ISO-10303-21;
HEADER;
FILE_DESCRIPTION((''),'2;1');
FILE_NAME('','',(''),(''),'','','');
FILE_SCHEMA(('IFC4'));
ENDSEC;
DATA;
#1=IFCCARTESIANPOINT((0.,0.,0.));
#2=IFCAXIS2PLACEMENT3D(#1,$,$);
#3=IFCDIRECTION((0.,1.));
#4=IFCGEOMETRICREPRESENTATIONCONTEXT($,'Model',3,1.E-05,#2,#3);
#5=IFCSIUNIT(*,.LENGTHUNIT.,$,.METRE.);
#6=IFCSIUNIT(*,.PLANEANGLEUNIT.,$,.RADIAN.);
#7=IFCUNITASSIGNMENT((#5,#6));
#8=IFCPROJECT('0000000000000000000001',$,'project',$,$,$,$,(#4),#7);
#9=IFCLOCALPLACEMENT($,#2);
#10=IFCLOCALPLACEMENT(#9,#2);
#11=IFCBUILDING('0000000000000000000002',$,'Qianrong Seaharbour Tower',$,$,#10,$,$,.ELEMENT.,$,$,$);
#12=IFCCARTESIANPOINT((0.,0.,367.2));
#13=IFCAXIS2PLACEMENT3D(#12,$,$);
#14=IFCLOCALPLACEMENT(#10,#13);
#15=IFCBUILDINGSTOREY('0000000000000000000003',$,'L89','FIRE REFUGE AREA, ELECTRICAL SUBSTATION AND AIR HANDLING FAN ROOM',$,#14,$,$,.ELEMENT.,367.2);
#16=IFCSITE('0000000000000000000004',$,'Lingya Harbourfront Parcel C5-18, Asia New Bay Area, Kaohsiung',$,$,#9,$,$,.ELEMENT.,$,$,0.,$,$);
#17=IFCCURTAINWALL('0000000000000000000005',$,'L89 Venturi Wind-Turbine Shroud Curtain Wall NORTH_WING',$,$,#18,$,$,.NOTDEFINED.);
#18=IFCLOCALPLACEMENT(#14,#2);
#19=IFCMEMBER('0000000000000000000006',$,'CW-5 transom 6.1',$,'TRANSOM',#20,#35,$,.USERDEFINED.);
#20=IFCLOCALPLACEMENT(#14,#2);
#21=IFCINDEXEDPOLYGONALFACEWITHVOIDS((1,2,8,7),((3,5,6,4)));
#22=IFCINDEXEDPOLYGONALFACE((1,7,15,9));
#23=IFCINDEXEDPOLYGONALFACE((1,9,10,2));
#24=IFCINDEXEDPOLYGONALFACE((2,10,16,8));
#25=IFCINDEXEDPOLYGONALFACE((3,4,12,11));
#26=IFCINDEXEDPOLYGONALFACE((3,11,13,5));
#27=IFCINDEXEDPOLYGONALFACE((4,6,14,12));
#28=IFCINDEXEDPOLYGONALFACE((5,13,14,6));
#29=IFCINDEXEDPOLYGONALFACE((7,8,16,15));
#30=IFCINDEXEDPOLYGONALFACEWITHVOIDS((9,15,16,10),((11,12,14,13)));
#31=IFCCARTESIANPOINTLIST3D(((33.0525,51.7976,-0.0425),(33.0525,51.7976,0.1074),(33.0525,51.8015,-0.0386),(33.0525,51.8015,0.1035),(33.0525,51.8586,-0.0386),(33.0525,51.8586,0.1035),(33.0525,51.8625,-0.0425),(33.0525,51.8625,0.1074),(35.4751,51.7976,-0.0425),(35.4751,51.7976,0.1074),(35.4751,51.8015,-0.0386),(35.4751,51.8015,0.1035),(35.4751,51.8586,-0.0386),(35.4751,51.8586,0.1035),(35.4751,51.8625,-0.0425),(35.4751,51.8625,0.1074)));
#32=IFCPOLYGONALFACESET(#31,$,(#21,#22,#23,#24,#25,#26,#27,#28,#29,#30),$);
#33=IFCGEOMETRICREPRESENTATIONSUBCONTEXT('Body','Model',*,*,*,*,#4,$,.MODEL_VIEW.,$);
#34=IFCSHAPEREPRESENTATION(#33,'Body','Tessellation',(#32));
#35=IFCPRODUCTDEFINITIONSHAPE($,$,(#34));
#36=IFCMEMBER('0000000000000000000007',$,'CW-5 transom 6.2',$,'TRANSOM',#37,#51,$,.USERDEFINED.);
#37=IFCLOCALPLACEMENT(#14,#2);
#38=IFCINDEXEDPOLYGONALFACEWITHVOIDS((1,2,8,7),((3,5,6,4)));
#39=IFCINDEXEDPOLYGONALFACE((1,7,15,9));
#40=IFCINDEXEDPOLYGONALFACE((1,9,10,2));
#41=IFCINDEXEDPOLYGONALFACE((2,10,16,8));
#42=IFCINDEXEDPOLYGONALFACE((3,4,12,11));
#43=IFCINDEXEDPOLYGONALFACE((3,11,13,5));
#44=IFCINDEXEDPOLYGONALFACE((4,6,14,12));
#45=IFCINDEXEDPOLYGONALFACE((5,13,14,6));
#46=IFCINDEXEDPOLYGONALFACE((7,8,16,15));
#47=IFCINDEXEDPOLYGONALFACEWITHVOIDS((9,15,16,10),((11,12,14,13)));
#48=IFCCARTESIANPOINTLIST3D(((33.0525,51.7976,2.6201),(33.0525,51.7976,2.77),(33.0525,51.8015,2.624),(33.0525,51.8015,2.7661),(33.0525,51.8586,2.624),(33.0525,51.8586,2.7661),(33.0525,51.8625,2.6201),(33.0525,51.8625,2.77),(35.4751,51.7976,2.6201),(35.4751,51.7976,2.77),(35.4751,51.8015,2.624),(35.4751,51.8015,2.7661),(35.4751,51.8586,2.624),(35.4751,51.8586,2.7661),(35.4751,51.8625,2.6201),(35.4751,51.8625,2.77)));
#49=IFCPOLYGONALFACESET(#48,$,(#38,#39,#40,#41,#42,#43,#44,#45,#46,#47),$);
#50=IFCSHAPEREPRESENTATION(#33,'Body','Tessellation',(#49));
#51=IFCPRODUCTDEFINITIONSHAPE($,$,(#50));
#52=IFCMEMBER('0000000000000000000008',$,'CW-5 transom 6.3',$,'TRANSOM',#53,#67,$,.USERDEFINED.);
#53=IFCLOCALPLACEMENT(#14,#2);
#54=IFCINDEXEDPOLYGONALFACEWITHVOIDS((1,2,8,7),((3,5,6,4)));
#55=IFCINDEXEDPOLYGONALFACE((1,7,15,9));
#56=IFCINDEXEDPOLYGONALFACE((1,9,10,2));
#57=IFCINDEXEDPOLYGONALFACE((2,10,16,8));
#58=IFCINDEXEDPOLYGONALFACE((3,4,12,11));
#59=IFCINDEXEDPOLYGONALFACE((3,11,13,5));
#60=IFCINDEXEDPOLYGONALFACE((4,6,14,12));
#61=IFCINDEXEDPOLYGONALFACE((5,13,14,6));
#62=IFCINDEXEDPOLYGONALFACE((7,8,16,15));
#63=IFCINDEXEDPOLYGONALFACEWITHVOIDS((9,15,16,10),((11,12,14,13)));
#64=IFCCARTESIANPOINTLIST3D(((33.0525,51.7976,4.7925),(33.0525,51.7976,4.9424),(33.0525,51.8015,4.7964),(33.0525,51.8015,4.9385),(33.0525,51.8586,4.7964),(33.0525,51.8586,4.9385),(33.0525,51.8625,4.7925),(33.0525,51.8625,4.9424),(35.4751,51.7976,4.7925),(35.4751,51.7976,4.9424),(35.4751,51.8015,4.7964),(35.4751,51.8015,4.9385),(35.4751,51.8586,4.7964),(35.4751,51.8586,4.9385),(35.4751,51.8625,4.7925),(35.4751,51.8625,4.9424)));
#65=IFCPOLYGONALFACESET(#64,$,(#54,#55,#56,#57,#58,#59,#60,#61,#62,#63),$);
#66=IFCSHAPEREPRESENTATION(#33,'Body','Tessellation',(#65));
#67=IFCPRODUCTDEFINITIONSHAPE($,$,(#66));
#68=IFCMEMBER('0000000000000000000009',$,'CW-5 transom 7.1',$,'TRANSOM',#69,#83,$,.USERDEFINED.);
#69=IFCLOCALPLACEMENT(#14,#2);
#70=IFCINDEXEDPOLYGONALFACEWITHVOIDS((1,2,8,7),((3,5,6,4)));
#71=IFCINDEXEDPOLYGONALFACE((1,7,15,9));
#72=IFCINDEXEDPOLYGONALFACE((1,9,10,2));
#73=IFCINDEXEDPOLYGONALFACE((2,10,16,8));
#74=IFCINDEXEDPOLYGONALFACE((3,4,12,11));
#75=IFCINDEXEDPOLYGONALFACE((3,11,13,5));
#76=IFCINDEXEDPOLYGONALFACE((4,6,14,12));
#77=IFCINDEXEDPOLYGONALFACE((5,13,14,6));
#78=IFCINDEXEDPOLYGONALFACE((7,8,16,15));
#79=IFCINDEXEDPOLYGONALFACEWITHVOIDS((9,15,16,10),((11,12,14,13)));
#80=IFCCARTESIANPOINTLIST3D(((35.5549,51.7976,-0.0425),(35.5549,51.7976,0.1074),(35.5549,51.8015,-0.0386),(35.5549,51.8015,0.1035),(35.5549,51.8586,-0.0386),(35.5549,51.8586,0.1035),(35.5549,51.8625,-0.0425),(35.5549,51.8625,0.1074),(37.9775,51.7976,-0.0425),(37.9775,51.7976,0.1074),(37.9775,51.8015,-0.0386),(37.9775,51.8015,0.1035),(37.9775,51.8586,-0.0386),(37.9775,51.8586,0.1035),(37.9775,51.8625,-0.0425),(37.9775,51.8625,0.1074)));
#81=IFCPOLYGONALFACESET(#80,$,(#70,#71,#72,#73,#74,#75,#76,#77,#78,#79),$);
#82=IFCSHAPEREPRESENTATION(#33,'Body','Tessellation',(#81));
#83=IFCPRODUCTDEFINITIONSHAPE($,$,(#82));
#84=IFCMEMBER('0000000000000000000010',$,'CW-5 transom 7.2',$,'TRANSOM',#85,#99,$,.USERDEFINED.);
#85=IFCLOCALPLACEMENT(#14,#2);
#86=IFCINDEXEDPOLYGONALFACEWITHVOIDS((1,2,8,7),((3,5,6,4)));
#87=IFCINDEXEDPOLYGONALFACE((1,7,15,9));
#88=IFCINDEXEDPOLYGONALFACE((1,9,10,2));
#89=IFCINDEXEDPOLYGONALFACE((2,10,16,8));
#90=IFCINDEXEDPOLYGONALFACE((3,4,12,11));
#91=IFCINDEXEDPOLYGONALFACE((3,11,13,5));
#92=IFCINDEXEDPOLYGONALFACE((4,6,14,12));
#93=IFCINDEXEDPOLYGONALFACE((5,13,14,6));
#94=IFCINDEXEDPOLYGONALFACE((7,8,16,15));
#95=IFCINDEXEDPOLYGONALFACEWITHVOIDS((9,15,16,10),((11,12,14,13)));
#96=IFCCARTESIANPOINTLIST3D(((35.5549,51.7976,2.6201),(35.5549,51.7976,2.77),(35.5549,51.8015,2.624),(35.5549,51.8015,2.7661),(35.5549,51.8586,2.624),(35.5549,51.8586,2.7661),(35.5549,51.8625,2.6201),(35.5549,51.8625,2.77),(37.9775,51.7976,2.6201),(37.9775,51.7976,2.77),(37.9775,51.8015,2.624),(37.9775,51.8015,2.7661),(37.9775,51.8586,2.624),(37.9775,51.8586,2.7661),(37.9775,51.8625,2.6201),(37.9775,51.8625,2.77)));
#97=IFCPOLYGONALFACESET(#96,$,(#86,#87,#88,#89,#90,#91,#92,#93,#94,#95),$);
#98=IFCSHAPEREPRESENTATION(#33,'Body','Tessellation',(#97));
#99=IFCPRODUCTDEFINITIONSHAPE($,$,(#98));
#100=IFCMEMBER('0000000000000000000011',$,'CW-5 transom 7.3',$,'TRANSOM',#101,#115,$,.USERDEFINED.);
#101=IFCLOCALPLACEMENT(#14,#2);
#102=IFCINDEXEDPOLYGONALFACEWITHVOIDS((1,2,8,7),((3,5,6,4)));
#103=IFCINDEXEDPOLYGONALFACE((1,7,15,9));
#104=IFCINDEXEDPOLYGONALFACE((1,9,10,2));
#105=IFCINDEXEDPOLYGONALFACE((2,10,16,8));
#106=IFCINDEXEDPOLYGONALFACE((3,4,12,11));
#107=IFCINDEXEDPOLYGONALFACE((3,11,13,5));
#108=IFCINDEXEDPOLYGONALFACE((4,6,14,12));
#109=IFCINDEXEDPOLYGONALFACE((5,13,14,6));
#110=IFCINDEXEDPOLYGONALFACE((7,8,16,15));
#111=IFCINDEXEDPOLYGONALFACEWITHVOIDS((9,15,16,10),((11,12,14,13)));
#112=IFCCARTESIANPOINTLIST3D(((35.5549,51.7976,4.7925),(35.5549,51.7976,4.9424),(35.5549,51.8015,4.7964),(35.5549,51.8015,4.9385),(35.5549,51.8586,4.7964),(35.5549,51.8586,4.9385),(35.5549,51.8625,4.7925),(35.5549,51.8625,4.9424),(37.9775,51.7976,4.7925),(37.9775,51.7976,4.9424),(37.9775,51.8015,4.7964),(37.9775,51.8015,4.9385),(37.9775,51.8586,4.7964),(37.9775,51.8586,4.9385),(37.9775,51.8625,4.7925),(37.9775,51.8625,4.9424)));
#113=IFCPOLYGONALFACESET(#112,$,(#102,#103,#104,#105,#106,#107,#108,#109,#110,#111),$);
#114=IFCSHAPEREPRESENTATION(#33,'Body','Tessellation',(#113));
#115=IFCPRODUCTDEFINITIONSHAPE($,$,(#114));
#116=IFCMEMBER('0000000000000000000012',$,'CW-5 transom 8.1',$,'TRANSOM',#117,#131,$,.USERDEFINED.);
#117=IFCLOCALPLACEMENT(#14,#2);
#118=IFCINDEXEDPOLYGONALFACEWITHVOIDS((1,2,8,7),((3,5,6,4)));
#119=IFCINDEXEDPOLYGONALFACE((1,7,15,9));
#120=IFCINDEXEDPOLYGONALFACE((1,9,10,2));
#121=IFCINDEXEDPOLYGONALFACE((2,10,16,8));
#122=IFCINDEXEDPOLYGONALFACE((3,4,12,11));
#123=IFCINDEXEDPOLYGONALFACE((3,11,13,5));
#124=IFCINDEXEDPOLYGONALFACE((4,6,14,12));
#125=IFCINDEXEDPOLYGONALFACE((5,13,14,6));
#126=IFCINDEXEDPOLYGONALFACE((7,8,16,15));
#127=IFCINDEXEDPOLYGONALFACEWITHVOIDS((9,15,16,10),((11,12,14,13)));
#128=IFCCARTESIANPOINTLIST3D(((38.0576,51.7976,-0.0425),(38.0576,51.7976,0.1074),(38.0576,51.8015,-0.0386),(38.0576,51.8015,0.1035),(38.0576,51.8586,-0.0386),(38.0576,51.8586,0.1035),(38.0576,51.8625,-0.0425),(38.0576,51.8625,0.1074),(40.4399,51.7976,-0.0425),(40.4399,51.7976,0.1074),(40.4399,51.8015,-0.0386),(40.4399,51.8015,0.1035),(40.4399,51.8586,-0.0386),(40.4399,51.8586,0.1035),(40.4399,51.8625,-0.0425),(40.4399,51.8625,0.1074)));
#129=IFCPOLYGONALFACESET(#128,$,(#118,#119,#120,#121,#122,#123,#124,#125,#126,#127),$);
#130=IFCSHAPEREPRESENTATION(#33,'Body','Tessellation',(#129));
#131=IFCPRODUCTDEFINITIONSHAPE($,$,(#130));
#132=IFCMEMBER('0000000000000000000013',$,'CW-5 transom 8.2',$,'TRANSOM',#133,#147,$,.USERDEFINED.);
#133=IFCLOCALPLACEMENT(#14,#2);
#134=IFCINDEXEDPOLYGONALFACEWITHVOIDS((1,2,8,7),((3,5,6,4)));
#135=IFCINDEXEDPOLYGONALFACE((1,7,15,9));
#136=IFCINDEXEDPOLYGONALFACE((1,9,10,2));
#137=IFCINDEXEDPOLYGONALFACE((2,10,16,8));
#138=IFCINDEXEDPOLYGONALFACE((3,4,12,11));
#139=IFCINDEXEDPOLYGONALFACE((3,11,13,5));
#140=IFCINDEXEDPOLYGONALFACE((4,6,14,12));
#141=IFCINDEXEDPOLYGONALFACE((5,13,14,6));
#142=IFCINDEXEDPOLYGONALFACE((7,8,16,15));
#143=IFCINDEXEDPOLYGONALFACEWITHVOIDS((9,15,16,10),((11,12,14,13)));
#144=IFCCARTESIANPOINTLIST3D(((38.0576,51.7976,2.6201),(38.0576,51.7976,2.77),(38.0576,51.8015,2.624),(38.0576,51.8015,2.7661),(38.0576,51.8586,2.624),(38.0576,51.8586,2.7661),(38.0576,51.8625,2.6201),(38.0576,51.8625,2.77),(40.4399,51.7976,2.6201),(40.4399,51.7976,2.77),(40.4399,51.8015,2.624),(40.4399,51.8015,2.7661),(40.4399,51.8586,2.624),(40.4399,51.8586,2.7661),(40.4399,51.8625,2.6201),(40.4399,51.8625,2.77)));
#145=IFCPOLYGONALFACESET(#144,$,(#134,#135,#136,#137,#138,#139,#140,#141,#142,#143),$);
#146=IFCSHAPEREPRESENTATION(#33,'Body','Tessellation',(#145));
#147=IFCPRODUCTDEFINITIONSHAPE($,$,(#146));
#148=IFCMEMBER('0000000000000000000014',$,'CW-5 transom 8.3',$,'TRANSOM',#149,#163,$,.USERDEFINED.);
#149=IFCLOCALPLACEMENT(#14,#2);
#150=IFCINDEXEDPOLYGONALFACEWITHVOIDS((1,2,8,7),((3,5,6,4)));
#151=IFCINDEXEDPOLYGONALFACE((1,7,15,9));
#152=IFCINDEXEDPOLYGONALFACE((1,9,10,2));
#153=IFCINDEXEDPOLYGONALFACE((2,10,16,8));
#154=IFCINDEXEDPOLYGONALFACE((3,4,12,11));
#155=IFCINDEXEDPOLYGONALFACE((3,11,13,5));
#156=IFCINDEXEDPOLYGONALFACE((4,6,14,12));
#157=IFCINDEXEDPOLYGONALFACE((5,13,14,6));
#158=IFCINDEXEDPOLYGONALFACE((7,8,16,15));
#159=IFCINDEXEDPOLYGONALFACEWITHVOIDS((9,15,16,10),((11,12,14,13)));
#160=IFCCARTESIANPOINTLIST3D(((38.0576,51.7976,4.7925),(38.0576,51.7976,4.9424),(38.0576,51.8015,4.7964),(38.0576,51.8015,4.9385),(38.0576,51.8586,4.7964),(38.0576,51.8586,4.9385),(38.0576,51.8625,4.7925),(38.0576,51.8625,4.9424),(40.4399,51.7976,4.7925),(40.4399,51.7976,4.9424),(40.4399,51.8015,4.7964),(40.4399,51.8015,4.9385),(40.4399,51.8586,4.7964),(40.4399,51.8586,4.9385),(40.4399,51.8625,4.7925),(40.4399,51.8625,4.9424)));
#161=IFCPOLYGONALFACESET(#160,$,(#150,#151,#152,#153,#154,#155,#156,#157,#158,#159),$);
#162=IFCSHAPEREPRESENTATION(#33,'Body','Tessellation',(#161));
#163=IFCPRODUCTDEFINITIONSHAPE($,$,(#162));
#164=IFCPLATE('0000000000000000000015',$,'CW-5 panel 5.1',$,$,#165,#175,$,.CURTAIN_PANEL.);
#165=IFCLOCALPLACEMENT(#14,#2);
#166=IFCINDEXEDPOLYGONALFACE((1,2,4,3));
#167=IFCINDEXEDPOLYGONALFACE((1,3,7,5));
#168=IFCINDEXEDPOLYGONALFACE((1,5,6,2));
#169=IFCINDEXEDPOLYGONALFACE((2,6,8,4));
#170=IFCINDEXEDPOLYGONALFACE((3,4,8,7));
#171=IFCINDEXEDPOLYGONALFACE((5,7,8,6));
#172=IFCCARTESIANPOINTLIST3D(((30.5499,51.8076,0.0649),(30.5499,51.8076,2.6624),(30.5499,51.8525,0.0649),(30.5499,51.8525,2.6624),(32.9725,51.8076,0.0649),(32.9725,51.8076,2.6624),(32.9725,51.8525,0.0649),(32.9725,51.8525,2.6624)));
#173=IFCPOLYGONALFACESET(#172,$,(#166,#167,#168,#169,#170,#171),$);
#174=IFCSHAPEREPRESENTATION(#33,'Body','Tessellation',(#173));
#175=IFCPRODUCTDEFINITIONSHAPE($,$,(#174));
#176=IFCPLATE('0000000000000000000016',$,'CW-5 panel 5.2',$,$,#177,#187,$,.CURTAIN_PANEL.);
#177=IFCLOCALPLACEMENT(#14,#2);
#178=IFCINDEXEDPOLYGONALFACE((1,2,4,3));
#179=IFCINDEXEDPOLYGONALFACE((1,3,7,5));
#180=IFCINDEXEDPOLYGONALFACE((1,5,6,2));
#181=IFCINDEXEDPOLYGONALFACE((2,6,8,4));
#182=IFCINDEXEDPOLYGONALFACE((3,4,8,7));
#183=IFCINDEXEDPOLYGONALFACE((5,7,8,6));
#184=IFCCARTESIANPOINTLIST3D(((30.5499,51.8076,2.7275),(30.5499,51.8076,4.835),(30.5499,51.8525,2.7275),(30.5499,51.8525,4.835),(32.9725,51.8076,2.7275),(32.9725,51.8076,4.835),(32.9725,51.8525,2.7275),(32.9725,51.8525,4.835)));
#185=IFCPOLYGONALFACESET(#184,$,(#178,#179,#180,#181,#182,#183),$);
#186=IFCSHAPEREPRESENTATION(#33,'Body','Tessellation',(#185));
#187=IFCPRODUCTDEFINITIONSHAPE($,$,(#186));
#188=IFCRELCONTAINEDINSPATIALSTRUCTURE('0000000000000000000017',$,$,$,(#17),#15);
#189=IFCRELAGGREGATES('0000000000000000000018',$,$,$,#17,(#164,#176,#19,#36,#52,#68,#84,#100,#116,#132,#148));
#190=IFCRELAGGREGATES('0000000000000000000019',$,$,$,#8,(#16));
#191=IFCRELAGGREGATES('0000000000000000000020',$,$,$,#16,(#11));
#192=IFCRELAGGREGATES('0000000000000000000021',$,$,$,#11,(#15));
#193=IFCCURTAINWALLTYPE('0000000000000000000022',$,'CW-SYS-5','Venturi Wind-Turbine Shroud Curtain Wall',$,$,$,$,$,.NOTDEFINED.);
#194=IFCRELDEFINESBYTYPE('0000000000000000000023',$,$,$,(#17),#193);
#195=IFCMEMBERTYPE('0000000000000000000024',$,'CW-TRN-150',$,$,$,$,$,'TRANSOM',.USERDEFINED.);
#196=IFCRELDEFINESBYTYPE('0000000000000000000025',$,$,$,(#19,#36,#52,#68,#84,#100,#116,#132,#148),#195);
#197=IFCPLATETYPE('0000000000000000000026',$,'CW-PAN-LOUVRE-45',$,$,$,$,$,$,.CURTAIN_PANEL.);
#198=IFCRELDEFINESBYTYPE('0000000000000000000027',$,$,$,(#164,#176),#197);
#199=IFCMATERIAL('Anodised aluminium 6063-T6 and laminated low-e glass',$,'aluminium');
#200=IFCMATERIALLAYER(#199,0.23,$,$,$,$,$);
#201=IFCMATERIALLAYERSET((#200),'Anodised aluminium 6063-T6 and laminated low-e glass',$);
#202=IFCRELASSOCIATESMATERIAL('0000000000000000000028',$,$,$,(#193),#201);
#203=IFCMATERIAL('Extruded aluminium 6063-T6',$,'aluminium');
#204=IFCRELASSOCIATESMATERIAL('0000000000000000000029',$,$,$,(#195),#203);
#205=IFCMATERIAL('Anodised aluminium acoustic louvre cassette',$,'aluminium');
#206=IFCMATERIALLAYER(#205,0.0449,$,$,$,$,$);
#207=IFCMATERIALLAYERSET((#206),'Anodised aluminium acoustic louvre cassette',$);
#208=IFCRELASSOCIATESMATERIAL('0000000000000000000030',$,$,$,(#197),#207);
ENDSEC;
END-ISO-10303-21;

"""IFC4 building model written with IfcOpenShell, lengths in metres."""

from ifc_helpers import new_model, si_unit, direction, frame, origin, origin_2d, place, context, subcontext, project, spatial, rectangle, hollow_rectangle, extrude, material, layer, layer_set, material_profile, profile_set, type_object, element, aggregate, save


model = new_model("IFC4")

# Units and contexts
model_context = context("Model", 3, precision=1e-05, world=origin(), true_north=direction((0.0, 1.0)))
body_context = subcontext(model_context, "Body", "Model", "MODEL_VIEW")
ifc_project = project(units=[si_unit("LENGTHUNIT", "METRE"), si_unit("PLANEANGLEUNIT", "RADIAN")], contexts=[model_context])

# Site, building, storey
site_placement = place(None, origin())
site = spatial("IfcSite", under=ifc_project, at=site_placement, Name="Lingya Harbourfront Parcel C5-18, Asia New Bay Area, Kaohsiung", CompositionType="ELEMENT", RefElevation=0.0)
building_placement = place(site_placement, origin())
building = spatial("IfcBuilding", under=site, at=building_placement, Name="Qianrong Seaharbour Tower", CompositionType="ELEMENT")
storey_placement = place(building_placement, frame((0.0, 0.0, 367.2)))
storey = spatial("IfcBuildingStorey", under=building, at=storey_placement, Name="L89", Description="FIRE REFUGE AREA, ELECTRICAL SUBSTATION AND AIR HANDLING FAN ROOM", CompositionType="ELEMENT", Elevation=367.2)

# Curtain wall, members, plates
ifc_material_1 = material(Name="Anodised aluminium 6063-T6 and laminated low-e glass", Category="aluminium")
ifc_layer_1 = layer(ifc_material_1, 0.23)
ifc_layer_set_1 = layer_set([ifc_layer_1], Name="Anodised aluminium 6063-T6 and laminated low-e glass")
curtain_wall_type = type_object("IfcCurtainWallType", Name="CW-SYS-5", Description="Venturi Wind-Turbine Shroud Curtain Wall", PredefinedType="NOTDEFINED", material=ifc_layer_set_1)
curtain_wall_placement = place(storey_placement, origin())
curtain_wall = element("IfcCurtainWall", 1, at=curtain_wall_placement, inside=storey, type_object=curtain_wall_type, Name="L89 Venturi Wind-Turbine Shroud Curtain Wall NORTH_WING", PredefinedType="NOTDEFINED")
ifc_material_2 = material(Name="Extruded aluminium 6063-T6", Category="aluminium")
ifc_material_profile_1 = material_profile(ifc_material_2, hollow_rectangle(XDim=0.0649, YDim=0.1499, WallThickness=0.0039, at=origin_2d()), Name="ALU-TRN-150x65x4")
ifc_profile_set_1 = profile_set([ifc_material_profile_1], Name="Extruded aluminium 6063-T6")
member_type_1 = type_object("IfcMemberType", Name="CW-TRN-150", ElementType="TRANSOM", PredefinedType="USERDEFINED", material=ifc_profile_set_1)
member_1_placement = place(storey_placement, frame((33.0525, 51.8301, 0.0325), z_axis=(1.0, 0.0, 0.0), x_axis=(0.0, 1.0, 0.0)))
member_1 = element("IfcMember", 2, at=member_1_placement, type_object=member_type_1, Name="CW-5 transom 6.1", ObjectType="TRANSOM", PredefinedType="USERDEFINED", context=body_context, shape_type="SweptSolid", body=[
    extrude(hollow_rectangle(XDim=0.0649, YDim=0.1499, WallThickness=0.0039, at=origin_2d()), origin(), (0.0, 0.0, 1.0), 2.4226),
])
member_2_placement = place(storey_placement, frame((33.0525, 51.8301, 2.6951), z_axis=(1.0, 0.0, 0.0), x_axis=(0.0, 1.0, 0.0)))
member_2 = element("IfcMember", 3, at=member_2_placement, type_object=member_type_1, Name="CW-5 transom 6.2", ObjectType="TRANSOM", PredefinedType="USERDEFINED", context=body_context, shape_type="SweptSolid", body=[
    extrude(hollow_rectangle(XDim=0.0649, YDim=0.1499, WallThickness=0.0039, at=origin_2d()), origin(), (0.0, 0.0, 1.0), 2.4226),
])
member_3_placement = place(storey_placement, frame((33.0525, 51.8301, 4.8674), z_axis=(1.0, 0.0, 0.0), x_axis=(0.0, 1.0, 0.0)))
member_3 = element("IfcMember", 4, at=member_3_placement, type_object=member_type_1, Name="CW-5 transom 6.3", ObjectType="TRANSOM", PredefinedType="USERDEFINED", context=body_context, shape_type="SweptSolid", body=[
    extrude(hollow_rectangle(XDim=0.0649, YDim=0.1499, WallThickness=0.0039, at=origin_2d()), origin(), (0.0, 0.0, 1.0), 2.4226),
])
member_4_placement = place(storey_placement, frame((35.5549, 51.8301, 0.0325), z_axis=(1.0, 0.0, 0.0), x_axis=(0.0, 1.0, 0.0)))
member_4 = element("IfcMember", 5, at=member_4_placement, type_object=member_type_1, Name="CW-5 transom 7.1", ObjectType="TRANSOM", PredefinedType="USERDEFINED", context=body_context, shape_type="SweptSolid", body=[
    extrude(hollow_rectangle(XDim=0.0649, YDim=0.1499, WallThickness=0.0039, at=origin_2d()), origin(), (0.0, 0.0, 1.0), 2.4226),
])
member_5_placement = place(storey_placement, frame((35.5549, 51.8301, 2.6951), z_axis=(1.0, 0.0, 0.0), x_axis=(0.0, 1.0, 0.0)))
member_5 = element("IfcMember", 6, at=member_5_placement, type_object=member_type_1, Name="CW-5 transom 7.2", ObjectType="TRANSOM", PredefinedType="USERDEFINED", context=body_context, shape_type="SweptSolid", body=[
    extrude(hollow_rectangle(XDim=0.0649, YDim=0.1499, WallThickness=0.0039, at=origin_2d()), origin(), (0.0, 0.0, 1.0), 2.4226),
])
member_6_placement = place(storey_placement, frame((35.5549, 51.8301, 4.8674), z_axis=(1.0, 0.0, 0.0), x_axis=(0.0, 1.0, 0.0)))
member_6 = element("IfcMember", 7, at=member_6_placement, type_object=member_type_1, Name="CW-5 transom 7.3", ObjectType="TRANSOM", PredefinedType="USERDEFINED", context=body_context, shape_type="SweptSolid", body=[
    extrude(hollow_rectangle(XDim=0.0649, YDim=0.1499, WallThickness=0.0039, at=origin_2d()), origin(), (0.0, 0.0, 1.0), 2.4226),
])
member_7_placement = place(storey_placement, frame((38.0576, 51.8301, 0.0325), z_axis=(1.0, 0.0, 0.0), x_axis=(0.0, 1.0, 0.0)))
member_7 = element("IfcMember", 8, at=member_7_placement, type_object=member_type_1, Name="CW-5 transom 8.1", ObjectType="TRANSOM", PredefinedType="USERDEFINED", context=body_context, shape_type="SweptSolid", body=[
    extrude(hollow_rectangle(XDim=0.0649, YDim=0.1499, WallThickness=0.0039, at=origin_2d()), origin(), (0.0, 0.0, 1.0), 2.3823),
])
member_8_placement = place(storey_placement, frame((38.0576, 51.8301, 2.6951), z_axis=(1.0, 0.0, 0.0), x_axis=(0.0, 1.0, 0.0)))
member_8 = element("IfcMember", 9, at=member_8_placement, type_object=member_type_1, Name="CW-5 transom 8.2", ObjectType="TRANSOM", PredefinedType="USERDEFINED", context=body_context, shape_type="SweptSolid", body=[
    extrude(hollow_rectangle(XDim=0.0649, YDim=0.1499, WallThickness=0.0039, at=origin_2d()), origin(), (0.0, 0.0, 1.0), 2.3823),
])
member_9_placement = place(storey_placement, frame((38.0576, 51.8301, 4.8674), z_axis=(1.0, 0.0, 0.0), x_axis=(0.0, 1.0, 0.0)))
member_9 = element("IfcMember", 10, at=member_9_placement, type_object=member_type_1, Name="CW-5 transom 8.3", ObjectType="TRANSOM", PredefinedType="USERDEFINED", context=body_context, shape_type="SweptSolid", body=[
    extrude(hollow_rectangle(XDim=0.0649, YDim=0.1499, WallThickness=0.0039, at=origin_2d()), origin(), (0.0, 0.0, 1.0), 2.3823),
])
ifc_material_3 = material(Name="Anodised aluminium acoustic louvre cassette", Category="aluminium")
ifc_layer_2 = layer(ifc_material_3, 0.0449)
ifc_layer_set_2 = layer_set([ifc_layer_2], Name="Anodised aluminium acoustic louvre cassette")
plate_type = type_object("IfcPlateType", Name="CW-PAN-LOUVRE-45", PredefinedType="CURTAIN_PANEL", material=ifc_layer_set_2)
plate_1_placement = place(storey_placement, frame((31.7612, 51.8301, 0.0649), z_axis=(0.0, 0.0, 1.0), x_axis=(1.0, 0.0, 0.0)))
plate_1 = element("IfcPlate", 11, at=plate_1_placement, type_object=plate_type, Name="CW-5 panel 5.1", PredefinedType="CURTAIN_PANEL", context=body_context, shape_type="SweptSolid", body=[
    extrude(rectangle(XDim=2.4226, YDim=0.0449, at=origin_2d()), origin(), (0.0, 0.0, 1.0), 2.5974),
])
plate_2_placement = place(storey_placement, frame((31.7612, 51.8301, 2.7275), z_axis=(0.0, 0.0, 1.0), x_axis=(1.0, 0.0, 0.0)))
plate_2 = element("IfcPlate", 12, at=plate_2_placement, type_object=plate_type, Name="CW-5 panel 5.2", PredefinedType="CURTAIN_PANEL", context=body_context, shape_type="SweptSolid", body=[
    extrude(rectangle(XDim=2.4226, YDim=0.0449, at=origin_2d()), origin(), (0.0, 0.0, 1.0), 2.1074),
])
aggregate(curtain_wall, [plate_1, plate_2, member_1, member_2, member_3, member_4, member_5, member_6, member_7, member_8, member_9])

save(model, "model.ifc")
